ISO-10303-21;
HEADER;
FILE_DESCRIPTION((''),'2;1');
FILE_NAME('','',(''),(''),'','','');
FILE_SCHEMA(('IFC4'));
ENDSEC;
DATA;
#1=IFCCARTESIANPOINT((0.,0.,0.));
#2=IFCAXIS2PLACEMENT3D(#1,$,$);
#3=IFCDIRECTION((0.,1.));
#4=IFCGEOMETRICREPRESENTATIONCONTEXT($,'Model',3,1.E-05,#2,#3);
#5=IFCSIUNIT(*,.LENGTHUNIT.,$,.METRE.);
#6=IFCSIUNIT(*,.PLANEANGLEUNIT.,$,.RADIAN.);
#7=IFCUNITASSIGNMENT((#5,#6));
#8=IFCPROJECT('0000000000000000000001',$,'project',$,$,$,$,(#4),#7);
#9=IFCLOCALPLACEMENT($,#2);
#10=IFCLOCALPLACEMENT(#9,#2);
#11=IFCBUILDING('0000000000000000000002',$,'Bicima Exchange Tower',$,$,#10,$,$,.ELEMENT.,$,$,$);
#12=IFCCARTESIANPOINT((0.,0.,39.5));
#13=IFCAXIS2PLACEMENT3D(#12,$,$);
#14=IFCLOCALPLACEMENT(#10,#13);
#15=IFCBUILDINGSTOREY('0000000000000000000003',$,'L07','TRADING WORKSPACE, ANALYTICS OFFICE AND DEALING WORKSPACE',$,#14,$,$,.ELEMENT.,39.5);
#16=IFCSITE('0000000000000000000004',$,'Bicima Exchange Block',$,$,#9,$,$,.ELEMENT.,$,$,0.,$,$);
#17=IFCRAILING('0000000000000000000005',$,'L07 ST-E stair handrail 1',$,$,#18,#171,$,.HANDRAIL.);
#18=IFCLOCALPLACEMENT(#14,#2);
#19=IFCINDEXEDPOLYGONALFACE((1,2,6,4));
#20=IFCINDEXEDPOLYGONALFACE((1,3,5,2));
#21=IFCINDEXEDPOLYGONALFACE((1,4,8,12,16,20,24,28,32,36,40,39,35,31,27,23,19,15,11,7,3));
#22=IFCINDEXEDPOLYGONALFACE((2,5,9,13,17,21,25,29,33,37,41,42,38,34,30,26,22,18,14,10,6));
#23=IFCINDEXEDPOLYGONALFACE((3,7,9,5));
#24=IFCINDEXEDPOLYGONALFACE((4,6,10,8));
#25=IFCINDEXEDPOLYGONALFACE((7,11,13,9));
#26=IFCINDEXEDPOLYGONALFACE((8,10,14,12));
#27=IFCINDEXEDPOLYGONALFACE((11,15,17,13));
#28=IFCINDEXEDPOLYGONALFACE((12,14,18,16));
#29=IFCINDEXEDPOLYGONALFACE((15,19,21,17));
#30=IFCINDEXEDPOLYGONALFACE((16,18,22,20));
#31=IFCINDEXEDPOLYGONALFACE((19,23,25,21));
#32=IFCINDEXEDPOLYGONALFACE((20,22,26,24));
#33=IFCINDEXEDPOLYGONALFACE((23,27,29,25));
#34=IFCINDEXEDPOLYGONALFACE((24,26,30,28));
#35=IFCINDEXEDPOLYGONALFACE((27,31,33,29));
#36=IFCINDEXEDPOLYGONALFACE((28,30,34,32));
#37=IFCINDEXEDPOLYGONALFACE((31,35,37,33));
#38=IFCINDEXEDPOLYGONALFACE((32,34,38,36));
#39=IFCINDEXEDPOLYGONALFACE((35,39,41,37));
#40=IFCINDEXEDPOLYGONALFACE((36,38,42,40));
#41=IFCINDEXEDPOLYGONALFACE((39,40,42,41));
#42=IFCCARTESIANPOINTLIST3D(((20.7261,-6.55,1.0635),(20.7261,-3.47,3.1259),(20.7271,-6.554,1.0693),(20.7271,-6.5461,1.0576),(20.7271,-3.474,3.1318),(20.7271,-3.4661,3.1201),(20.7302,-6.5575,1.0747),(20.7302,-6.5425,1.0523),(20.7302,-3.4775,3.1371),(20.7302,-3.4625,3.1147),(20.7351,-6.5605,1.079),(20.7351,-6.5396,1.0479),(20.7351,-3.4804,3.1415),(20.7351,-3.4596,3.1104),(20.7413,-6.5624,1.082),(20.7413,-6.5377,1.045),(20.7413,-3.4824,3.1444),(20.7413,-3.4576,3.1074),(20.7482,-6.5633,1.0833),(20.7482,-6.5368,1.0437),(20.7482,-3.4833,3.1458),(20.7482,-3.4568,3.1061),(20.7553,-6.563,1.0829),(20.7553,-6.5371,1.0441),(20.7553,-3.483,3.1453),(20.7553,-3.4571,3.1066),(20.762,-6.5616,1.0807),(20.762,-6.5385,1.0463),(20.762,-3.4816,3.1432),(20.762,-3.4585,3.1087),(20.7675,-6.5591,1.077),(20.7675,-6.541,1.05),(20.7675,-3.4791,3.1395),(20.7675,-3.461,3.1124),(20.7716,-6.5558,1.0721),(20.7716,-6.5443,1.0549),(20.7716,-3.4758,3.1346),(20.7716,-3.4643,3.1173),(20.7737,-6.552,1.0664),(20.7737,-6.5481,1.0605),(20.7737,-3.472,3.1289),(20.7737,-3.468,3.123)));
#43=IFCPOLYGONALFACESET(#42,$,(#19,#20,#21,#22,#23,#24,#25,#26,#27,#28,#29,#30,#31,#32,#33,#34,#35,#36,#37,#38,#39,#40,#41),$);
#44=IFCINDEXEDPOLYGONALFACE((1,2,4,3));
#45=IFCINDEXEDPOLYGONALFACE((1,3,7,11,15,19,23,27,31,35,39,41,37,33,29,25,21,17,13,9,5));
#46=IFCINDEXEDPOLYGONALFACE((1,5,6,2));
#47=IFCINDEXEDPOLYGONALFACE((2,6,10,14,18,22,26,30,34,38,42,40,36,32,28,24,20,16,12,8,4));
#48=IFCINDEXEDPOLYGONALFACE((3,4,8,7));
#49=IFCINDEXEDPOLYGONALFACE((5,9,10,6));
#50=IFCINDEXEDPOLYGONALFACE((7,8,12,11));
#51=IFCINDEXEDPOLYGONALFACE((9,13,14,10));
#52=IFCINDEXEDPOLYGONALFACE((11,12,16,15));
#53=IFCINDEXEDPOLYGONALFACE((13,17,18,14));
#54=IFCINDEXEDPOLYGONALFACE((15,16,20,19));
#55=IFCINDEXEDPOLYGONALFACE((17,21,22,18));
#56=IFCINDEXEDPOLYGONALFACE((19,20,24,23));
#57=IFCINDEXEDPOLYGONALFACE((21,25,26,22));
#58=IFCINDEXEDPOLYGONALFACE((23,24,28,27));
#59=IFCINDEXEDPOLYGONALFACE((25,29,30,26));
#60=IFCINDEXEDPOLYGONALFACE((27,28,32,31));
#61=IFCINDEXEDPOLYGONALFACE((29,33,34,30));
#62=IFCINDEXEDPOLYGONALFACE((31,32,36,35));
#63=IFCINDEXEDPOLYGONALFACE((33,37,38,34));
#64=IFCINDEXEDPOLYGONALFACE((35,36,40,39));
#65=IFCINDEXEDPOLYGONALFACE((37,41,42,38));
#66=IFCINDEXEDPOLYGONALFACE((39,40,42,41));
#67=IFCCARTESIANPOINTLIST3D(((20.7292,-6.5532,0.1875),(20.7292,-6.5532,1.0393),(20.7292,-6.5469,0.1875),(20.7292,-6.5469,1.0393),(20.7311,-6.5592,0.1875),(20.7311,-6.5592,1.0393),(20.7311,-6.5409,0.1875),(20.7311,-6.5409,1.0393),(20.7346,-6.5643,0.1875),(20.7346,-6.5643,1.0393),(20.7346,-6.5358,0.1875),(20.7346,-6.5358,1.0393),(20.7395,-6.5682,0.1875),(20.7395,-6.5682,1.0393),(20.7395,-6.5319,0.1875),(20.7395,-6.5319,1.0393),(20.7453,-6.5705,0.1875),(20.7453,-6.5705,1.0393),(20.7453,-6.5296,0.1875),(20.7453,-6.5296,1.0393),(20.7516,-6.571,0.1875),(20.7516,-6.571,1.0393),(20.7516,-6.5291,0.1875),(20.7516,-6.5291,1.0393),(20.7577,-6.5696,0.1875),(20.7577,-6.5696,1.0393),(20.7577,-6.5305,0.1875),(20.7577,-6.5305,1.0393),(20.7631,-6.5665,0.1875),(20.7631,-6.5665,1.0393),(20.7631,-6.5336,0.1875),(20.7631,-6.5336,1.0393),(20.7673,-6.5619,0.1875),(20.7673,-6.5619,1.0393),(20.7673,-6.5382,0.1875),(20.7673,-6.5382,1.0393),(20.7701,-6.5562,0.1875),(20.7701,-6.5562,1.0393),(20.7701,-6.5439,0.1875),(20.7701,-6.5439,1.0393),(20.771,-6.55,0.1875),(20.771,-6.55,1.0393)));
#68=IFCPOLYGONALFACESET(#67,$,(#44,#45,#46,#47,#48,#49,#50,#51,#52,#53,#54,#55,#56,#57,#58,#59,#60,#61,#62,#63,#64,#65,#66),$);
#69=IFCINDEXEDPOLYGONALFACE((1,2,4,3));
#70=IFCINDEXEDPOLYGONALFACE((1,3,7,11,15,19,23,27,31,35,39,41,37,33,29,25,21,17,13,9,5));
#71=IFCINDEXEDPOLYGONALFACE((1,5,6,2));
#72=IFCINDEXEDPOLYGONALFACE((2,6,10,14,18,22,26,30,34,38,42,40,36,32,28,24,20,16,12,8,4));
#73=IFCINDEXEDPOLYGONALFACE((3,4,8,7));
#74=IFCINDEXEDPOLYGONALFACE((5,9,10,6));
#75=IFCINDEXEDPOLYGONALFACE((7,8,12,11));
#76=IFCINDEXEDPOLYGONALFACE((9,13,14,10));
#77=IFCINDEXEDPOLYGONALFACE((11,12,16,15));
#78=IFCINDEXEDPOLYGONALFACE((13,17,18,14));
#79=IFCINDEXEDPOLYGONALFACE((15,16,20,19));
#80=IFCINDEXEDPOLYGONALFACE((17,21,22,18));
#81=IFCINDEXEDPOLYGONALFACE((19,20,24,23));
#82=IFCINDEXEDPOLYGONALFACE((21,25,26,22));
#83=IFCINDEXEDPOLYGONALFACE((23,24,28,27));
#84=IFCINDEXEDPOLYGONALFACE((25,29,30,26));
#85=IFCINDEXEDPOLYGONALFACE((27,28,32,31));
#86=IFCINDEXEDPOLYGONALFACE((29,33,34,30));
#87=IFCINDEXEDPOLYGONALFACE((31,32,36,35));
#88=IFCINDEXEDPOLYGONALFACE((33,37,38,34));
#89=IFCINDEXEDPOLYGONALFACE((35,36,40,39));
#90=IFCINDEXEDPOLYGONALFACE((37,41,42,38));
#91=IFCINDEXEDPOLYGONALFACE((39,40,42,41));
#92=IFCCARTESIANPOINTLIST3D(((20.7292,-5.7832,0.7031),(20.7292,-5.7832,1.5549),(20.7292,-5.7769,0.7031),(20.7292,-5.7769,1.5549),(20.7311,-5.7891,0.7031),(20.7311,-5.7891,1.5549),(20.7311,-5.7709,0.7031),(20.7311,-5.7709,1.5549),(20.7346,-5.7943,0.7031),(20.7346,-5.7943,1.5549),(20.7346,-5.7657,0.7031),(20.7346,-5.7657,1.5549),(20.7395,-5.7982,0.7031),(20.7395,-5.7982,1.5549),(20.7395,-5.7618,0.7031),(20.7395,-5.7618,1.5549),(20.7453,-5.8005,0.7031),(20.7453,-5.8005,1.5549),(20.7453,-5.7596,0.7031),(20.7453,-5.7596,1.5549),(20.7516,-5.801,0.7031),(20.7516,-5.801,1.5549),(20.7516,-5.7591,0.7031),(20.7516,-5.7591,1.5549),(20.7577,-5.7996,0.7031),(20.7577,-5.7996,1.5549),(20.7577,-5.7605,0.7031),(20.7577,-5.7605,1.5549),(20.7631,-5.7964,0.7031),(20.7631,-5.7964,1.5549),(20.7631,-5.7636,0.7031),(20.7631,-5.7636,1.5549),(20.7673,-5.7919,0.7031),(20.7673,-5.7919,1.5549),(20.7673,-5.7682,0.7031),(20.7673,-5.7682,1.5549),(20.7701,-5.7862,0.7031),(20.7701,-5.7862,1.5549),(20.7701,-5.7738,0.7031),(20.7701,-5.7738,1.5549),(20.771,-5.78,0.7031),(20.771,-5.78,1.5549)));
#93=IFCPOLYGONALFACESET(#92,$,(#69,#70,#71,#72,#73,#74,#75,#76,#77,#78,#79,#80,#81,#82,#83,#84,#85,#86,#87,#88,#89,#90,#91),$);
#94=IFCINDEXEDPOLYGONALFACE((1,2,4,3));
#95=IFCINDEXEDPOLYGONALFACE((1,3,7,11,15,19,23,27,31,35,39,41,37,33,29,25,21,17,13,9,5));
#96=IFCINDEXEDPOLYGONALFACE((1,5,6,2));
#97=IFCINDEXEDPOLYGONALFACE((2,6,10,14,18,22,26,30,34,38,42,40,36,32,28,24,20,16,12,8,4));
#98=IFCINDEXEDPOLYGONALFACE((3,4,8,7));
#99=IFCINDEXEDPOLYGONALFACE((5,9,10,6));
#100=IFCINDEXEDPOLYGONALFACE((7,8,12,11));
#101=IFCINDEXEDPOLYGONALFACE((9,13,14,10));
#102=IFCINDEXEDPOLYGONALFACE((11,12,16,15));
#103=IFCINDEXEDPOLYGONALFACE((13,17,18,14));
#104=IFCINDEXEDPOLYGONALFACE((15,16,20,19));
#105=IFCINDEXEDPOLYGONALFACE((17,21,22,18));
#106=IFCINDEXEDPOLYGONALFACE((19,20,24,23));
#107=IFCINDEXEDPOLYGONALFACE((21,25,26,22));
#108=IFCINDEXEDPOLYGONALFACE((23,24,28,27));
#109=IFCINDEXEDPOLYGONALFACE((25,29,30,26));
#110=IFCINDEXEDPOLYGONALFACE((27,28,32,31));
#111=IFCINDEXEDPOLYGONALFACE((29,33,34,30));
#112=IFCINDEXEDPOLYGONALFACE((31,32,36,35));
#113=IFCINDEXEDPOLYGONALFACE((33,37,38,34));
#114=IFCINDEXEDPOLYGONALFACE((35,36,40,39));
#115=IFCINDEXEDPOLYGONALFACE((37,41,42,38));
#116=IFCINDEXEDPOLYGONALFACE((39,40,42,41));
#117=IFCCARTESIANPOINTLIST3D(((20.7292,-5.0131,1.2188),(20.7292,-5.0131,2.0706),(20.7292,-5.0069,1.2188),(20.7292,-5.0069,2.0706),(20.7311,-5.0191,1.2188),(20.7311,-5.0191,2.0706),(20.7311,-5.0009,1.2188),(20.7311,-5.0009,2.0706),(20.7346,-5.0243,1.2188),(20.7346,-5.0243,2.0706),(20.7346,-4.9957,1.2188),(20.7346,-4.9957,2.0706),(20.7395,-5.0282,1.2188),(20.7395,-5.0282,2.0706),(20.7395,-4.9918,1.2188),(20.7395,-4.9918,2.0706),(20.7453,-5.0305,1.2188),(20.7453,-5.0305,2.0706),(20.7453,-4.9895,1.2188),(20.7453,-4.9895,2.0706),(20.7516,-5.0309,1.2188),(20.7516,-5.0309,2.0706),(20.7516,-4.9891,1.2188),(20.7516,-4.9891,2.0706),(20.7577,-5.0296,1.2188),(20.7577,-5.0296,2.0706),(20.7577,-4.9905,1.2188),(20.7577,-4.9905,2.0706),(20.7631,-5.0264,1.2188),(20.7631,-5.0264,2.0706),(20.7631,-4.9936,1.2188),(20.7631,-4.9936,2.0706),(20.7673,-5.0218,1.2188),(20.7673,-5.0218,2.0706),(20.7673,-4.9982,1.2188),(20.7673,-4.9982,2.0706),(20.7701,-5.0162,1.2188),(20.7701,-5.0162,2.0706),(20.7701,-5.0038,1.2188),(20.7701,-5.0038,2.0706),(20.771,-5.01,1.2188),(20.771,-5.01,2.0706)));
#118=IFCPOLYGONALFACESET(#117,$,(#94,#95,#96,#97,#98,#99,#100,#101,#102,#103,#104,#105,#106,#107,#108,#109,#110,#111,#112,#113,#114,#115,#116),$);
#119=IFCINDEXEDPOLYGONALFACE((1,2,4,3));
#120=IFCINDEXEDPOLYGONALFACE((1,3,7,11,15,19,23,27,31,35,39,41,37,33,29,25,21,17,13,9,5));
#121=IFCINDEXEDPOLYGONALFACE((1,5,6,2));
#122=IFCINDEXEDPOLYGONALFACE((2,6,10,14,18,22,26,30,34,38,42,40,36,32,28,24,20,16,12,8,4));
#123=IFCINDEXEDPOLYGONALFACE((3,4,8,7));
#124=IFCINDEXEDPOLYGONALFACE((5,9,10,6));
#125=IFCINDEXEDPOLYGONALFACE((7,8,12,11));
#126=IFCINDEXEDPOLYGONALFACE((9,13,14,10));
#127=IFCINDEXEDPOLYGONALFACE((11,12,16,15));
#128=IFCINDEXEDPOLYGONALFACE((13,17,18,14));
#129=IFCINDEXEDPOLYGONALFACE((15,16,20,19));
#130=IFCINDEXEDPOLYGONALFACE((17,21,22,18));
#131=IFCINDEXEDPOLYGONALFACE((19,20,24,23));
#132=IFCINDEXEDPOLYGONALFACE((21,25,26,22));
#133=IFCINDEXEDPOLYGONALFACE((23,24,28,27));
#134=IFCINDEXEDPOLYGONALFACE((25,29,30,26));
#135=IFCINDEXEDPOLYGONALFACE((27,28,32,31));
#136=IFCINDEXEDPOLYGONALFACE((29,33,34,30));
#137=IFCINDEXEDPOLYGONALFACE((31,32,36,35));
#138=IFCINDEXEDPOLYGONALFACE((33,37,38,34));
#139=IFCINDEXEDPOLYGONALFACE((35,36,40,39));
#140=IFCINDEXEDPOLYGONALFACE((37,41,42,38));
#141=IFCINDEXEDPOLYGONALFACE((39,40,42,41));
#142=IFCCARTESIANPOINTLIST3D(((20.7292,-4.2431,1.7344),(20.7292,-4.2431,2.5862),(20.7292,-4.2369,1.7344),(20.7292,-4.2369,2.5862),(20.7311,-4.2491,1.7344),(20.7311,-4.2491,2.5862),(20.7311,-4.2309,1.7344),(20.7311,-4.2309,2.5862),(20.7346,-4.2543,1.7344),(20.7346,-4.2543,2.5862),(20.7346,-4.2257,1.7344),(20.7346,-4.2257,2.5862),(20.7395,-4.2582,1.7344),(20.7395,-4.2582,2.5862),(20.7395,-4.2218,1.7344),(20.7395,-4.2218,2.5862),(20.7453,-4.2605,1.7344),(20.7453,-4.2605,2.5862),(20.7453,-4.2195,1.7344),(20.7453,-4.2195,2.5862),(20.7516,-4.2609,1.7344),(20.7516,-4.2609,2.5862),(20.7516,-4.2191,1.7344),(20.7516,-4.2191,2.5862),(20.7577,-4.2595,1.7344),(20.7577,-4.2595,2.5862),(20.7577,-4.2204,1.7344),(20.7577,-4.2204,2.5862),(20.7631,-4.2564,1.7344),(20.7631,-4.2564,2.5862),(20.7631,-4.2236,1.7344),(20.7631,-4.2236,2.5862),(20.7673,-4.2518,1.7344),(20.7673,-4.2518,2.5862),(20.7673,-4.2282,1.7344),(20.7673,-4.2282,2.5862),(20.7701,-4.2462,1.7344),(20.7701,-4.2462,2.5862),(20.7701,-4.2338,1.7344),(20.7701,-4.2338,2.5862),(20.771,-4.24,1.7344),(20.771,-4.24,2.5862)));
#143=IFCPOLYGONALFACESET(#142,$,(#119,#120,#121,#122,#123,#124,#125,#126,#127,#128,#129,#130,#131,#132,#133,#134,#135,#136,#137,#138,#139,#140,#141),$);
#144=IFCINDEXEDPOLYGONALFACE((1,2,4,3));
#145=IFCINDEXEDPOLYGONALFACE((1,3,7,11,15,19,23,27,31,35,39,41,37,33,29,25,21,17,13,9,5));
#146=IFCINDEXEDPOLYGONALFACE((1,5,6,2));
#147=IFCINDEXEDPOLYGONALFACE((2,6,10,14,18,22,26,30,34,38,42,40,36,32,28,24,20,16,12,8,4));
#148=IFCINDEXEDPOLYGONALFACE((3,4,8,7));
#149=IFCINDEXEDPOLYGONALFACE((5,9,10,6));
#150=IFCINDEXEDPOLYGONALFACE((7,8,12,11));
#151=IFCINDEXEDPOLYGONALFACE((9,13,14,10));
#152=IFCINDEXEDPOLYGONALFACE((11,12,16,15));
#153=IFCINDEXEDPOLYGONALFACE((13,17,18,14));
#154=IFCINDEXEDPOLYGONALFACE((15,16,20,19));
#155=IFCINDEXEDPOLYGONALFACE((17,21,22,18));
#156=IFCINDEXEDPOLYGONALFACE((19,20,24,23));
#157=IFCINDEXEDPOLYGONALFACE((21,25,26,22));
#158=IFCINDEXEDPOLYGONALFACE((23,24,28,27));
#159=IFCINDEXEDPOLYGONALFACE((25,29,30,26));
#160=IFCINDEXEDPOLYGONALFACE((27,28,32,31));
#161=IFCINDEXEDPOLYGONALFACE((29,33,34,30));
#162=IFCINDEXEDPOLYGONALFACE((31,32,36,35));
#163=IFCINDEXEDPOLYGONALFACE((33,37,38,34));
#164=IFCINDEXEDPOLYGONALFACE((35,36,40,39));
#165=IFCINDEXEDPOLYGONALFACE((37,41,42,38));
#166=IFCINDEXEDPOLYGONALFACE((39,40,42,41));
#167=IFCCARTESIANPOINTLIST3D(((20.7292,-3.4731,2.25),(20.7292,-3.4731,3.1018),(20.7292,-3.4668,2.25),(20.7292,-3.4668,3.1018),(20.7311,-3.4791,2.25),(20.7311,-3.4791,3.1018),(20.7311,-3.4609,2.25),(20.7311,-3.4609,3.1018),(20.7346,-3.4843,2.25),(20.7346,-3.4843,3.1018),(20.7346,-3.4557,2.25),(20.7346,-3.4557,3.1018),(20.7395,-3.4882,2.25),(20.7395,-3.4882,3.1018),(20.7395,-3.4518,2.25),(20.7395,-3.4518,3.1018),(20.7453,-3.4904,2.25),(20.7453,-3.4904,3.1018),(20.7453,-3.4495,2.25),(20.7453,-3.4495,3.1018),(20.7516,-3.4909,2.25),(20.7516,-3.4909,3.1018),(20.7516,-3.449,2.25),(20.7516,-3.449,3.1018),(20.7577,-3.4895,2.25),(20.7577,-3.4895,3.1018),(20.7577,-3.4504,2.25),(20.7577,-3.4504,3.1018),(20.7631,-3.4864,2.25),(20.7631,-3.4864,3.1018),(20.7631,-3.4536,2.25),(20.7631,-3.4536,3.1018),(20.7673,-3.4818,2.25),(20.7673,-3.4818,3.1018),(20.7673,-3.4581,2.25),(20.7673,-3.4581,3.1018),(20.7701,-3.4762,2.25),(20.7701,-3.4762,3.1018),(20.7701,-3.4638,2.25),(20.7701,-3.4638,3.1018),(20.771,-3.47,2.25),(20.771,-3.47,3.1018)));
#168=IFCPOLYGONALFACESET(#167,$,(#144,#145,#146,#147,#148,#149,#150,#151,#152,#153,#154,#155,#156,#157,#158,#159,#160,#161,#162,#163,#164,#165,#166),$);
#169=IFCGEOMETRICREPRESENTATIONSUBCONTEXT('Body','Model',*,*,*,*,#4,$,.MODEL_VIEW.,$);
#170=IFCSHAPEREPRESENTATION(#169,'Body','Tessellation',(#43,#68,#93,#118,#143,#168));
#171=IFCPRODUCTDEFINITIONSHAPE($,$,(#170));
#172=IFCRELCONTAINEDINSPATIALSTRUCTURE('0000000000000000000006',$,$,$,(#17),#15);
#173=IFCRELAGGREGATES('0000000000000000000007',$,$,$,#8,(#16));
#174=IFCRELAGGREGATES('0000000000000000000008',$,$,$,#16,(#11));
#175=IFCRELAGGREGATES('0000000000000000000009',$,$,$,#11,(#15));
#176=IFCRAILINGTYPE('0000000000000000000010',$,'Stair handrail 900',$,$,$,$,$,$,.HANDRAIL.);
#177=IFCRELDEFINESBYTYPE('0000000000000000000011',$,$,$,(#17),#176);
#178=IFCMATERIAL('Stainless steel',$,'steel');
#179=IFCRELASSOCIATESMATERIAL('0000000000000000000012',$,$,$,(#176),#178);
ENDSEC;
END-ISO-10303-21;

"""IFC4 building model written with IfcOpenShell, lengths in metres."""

from ifc_helpers import new_model, si_unit, direction, frame, origin, origin_2d, place, context, subcontext, project, spatial, circle, extrude, material, type_object, element, save


model = new_model("IFC4")

# Units and contexts
model_context = context("Model", 3, precision=1e-05, world=origin(), true_north=direction((0.0, 1.0)))
body_context = subcontext(model_context, "Body", "Model", "MODEL_VIEW")
ifc_project = project(units=[si_unit("LENGTHUNIT", "METRE"), si_unit("PLANEANGLEUNIT", "RADIAN")], contexts=[model_context])

# Site, building, storey
site_placement = place(None, origin())
site = spatial("IfcSite", under=ifc_project, at=site_placement, Name="Bicima Exchange Block", CompositionType="ELEMENT", RefElevation=0.0)
building_placement = place(site_placement, origin())
building = spatial("IfcBuilding", under=site, at=building_placement, Name="Bicima Exchange Tower", CompositionType="ELEMENT")
storey_placement = place(building_placement, frame((0.0, 0.0, 39.5)))
storey = spatial("IfcBuildingStorey", under=building, at=storey_placement, Name="L07", Description="TRADING WORKSPACE, ANALYTICS OFFICE AND DEALING WORKSPACE", CompositionType="ELEMENT", Elevation=39.5)

# Railing
ifc_material_1 = material(Name="Stainless steel", Category="steel")
railing_type_1 = type_object("IfcRailingType", Name="Stair handrail 900", PredefinedType="HANDRAIL", material=ifc_material_1)
railing_1_placement = place(storey_placement, frame((20.75, -6.55, 0.1875)))
element("IfcRailing", 1, at=railing_1_placement, inside=storey, type_object=railing_type_1, Name="L07 ST-E stair handrail 1", PredefinedType="HANDRAIL", context=body_context, shape_type="SweptSolid", body=[
    extrude(circle(Radius=0.0239, at=origin_2d()), frame((0.0, 0.0, 0.876), z_axis=(0.0, 0.830914, 0.556401), x_axis=(-1.0, 0.0, 0.0)), (0.0, 0.0, 1.0), 3.7068),
    extrude(circle(Radius=0.021, at=origin_2d()), origin(), (0.0, 0.0, 1.0), 0.8518),
    extrude(circle(Radius=0.021, at=origin_2d()), frame((0.0, 0.77, 0.5156)), (0.0, 0.0, 1.0), 0.8518),
    extrude(circle(Radius=0.021, at=origin_2d()), frame((0.0, 1.54, 1.0312)), (0.0, 0.0, 1.0), 0.8518),
    extrude(circle(Radius=0.021, at=origin_2d()), frame((0.0, 2.3101, 1.5469)), (0.0, 0.0, 1.0), 0.8518),
    extrude(circle(Radius=0.021, at=origin_2d()), frame((0.0, 3.0801, 2.0625)), (0.0, 0.0, 1.0), 0.8518),
])

save(model, "model.ifc")
